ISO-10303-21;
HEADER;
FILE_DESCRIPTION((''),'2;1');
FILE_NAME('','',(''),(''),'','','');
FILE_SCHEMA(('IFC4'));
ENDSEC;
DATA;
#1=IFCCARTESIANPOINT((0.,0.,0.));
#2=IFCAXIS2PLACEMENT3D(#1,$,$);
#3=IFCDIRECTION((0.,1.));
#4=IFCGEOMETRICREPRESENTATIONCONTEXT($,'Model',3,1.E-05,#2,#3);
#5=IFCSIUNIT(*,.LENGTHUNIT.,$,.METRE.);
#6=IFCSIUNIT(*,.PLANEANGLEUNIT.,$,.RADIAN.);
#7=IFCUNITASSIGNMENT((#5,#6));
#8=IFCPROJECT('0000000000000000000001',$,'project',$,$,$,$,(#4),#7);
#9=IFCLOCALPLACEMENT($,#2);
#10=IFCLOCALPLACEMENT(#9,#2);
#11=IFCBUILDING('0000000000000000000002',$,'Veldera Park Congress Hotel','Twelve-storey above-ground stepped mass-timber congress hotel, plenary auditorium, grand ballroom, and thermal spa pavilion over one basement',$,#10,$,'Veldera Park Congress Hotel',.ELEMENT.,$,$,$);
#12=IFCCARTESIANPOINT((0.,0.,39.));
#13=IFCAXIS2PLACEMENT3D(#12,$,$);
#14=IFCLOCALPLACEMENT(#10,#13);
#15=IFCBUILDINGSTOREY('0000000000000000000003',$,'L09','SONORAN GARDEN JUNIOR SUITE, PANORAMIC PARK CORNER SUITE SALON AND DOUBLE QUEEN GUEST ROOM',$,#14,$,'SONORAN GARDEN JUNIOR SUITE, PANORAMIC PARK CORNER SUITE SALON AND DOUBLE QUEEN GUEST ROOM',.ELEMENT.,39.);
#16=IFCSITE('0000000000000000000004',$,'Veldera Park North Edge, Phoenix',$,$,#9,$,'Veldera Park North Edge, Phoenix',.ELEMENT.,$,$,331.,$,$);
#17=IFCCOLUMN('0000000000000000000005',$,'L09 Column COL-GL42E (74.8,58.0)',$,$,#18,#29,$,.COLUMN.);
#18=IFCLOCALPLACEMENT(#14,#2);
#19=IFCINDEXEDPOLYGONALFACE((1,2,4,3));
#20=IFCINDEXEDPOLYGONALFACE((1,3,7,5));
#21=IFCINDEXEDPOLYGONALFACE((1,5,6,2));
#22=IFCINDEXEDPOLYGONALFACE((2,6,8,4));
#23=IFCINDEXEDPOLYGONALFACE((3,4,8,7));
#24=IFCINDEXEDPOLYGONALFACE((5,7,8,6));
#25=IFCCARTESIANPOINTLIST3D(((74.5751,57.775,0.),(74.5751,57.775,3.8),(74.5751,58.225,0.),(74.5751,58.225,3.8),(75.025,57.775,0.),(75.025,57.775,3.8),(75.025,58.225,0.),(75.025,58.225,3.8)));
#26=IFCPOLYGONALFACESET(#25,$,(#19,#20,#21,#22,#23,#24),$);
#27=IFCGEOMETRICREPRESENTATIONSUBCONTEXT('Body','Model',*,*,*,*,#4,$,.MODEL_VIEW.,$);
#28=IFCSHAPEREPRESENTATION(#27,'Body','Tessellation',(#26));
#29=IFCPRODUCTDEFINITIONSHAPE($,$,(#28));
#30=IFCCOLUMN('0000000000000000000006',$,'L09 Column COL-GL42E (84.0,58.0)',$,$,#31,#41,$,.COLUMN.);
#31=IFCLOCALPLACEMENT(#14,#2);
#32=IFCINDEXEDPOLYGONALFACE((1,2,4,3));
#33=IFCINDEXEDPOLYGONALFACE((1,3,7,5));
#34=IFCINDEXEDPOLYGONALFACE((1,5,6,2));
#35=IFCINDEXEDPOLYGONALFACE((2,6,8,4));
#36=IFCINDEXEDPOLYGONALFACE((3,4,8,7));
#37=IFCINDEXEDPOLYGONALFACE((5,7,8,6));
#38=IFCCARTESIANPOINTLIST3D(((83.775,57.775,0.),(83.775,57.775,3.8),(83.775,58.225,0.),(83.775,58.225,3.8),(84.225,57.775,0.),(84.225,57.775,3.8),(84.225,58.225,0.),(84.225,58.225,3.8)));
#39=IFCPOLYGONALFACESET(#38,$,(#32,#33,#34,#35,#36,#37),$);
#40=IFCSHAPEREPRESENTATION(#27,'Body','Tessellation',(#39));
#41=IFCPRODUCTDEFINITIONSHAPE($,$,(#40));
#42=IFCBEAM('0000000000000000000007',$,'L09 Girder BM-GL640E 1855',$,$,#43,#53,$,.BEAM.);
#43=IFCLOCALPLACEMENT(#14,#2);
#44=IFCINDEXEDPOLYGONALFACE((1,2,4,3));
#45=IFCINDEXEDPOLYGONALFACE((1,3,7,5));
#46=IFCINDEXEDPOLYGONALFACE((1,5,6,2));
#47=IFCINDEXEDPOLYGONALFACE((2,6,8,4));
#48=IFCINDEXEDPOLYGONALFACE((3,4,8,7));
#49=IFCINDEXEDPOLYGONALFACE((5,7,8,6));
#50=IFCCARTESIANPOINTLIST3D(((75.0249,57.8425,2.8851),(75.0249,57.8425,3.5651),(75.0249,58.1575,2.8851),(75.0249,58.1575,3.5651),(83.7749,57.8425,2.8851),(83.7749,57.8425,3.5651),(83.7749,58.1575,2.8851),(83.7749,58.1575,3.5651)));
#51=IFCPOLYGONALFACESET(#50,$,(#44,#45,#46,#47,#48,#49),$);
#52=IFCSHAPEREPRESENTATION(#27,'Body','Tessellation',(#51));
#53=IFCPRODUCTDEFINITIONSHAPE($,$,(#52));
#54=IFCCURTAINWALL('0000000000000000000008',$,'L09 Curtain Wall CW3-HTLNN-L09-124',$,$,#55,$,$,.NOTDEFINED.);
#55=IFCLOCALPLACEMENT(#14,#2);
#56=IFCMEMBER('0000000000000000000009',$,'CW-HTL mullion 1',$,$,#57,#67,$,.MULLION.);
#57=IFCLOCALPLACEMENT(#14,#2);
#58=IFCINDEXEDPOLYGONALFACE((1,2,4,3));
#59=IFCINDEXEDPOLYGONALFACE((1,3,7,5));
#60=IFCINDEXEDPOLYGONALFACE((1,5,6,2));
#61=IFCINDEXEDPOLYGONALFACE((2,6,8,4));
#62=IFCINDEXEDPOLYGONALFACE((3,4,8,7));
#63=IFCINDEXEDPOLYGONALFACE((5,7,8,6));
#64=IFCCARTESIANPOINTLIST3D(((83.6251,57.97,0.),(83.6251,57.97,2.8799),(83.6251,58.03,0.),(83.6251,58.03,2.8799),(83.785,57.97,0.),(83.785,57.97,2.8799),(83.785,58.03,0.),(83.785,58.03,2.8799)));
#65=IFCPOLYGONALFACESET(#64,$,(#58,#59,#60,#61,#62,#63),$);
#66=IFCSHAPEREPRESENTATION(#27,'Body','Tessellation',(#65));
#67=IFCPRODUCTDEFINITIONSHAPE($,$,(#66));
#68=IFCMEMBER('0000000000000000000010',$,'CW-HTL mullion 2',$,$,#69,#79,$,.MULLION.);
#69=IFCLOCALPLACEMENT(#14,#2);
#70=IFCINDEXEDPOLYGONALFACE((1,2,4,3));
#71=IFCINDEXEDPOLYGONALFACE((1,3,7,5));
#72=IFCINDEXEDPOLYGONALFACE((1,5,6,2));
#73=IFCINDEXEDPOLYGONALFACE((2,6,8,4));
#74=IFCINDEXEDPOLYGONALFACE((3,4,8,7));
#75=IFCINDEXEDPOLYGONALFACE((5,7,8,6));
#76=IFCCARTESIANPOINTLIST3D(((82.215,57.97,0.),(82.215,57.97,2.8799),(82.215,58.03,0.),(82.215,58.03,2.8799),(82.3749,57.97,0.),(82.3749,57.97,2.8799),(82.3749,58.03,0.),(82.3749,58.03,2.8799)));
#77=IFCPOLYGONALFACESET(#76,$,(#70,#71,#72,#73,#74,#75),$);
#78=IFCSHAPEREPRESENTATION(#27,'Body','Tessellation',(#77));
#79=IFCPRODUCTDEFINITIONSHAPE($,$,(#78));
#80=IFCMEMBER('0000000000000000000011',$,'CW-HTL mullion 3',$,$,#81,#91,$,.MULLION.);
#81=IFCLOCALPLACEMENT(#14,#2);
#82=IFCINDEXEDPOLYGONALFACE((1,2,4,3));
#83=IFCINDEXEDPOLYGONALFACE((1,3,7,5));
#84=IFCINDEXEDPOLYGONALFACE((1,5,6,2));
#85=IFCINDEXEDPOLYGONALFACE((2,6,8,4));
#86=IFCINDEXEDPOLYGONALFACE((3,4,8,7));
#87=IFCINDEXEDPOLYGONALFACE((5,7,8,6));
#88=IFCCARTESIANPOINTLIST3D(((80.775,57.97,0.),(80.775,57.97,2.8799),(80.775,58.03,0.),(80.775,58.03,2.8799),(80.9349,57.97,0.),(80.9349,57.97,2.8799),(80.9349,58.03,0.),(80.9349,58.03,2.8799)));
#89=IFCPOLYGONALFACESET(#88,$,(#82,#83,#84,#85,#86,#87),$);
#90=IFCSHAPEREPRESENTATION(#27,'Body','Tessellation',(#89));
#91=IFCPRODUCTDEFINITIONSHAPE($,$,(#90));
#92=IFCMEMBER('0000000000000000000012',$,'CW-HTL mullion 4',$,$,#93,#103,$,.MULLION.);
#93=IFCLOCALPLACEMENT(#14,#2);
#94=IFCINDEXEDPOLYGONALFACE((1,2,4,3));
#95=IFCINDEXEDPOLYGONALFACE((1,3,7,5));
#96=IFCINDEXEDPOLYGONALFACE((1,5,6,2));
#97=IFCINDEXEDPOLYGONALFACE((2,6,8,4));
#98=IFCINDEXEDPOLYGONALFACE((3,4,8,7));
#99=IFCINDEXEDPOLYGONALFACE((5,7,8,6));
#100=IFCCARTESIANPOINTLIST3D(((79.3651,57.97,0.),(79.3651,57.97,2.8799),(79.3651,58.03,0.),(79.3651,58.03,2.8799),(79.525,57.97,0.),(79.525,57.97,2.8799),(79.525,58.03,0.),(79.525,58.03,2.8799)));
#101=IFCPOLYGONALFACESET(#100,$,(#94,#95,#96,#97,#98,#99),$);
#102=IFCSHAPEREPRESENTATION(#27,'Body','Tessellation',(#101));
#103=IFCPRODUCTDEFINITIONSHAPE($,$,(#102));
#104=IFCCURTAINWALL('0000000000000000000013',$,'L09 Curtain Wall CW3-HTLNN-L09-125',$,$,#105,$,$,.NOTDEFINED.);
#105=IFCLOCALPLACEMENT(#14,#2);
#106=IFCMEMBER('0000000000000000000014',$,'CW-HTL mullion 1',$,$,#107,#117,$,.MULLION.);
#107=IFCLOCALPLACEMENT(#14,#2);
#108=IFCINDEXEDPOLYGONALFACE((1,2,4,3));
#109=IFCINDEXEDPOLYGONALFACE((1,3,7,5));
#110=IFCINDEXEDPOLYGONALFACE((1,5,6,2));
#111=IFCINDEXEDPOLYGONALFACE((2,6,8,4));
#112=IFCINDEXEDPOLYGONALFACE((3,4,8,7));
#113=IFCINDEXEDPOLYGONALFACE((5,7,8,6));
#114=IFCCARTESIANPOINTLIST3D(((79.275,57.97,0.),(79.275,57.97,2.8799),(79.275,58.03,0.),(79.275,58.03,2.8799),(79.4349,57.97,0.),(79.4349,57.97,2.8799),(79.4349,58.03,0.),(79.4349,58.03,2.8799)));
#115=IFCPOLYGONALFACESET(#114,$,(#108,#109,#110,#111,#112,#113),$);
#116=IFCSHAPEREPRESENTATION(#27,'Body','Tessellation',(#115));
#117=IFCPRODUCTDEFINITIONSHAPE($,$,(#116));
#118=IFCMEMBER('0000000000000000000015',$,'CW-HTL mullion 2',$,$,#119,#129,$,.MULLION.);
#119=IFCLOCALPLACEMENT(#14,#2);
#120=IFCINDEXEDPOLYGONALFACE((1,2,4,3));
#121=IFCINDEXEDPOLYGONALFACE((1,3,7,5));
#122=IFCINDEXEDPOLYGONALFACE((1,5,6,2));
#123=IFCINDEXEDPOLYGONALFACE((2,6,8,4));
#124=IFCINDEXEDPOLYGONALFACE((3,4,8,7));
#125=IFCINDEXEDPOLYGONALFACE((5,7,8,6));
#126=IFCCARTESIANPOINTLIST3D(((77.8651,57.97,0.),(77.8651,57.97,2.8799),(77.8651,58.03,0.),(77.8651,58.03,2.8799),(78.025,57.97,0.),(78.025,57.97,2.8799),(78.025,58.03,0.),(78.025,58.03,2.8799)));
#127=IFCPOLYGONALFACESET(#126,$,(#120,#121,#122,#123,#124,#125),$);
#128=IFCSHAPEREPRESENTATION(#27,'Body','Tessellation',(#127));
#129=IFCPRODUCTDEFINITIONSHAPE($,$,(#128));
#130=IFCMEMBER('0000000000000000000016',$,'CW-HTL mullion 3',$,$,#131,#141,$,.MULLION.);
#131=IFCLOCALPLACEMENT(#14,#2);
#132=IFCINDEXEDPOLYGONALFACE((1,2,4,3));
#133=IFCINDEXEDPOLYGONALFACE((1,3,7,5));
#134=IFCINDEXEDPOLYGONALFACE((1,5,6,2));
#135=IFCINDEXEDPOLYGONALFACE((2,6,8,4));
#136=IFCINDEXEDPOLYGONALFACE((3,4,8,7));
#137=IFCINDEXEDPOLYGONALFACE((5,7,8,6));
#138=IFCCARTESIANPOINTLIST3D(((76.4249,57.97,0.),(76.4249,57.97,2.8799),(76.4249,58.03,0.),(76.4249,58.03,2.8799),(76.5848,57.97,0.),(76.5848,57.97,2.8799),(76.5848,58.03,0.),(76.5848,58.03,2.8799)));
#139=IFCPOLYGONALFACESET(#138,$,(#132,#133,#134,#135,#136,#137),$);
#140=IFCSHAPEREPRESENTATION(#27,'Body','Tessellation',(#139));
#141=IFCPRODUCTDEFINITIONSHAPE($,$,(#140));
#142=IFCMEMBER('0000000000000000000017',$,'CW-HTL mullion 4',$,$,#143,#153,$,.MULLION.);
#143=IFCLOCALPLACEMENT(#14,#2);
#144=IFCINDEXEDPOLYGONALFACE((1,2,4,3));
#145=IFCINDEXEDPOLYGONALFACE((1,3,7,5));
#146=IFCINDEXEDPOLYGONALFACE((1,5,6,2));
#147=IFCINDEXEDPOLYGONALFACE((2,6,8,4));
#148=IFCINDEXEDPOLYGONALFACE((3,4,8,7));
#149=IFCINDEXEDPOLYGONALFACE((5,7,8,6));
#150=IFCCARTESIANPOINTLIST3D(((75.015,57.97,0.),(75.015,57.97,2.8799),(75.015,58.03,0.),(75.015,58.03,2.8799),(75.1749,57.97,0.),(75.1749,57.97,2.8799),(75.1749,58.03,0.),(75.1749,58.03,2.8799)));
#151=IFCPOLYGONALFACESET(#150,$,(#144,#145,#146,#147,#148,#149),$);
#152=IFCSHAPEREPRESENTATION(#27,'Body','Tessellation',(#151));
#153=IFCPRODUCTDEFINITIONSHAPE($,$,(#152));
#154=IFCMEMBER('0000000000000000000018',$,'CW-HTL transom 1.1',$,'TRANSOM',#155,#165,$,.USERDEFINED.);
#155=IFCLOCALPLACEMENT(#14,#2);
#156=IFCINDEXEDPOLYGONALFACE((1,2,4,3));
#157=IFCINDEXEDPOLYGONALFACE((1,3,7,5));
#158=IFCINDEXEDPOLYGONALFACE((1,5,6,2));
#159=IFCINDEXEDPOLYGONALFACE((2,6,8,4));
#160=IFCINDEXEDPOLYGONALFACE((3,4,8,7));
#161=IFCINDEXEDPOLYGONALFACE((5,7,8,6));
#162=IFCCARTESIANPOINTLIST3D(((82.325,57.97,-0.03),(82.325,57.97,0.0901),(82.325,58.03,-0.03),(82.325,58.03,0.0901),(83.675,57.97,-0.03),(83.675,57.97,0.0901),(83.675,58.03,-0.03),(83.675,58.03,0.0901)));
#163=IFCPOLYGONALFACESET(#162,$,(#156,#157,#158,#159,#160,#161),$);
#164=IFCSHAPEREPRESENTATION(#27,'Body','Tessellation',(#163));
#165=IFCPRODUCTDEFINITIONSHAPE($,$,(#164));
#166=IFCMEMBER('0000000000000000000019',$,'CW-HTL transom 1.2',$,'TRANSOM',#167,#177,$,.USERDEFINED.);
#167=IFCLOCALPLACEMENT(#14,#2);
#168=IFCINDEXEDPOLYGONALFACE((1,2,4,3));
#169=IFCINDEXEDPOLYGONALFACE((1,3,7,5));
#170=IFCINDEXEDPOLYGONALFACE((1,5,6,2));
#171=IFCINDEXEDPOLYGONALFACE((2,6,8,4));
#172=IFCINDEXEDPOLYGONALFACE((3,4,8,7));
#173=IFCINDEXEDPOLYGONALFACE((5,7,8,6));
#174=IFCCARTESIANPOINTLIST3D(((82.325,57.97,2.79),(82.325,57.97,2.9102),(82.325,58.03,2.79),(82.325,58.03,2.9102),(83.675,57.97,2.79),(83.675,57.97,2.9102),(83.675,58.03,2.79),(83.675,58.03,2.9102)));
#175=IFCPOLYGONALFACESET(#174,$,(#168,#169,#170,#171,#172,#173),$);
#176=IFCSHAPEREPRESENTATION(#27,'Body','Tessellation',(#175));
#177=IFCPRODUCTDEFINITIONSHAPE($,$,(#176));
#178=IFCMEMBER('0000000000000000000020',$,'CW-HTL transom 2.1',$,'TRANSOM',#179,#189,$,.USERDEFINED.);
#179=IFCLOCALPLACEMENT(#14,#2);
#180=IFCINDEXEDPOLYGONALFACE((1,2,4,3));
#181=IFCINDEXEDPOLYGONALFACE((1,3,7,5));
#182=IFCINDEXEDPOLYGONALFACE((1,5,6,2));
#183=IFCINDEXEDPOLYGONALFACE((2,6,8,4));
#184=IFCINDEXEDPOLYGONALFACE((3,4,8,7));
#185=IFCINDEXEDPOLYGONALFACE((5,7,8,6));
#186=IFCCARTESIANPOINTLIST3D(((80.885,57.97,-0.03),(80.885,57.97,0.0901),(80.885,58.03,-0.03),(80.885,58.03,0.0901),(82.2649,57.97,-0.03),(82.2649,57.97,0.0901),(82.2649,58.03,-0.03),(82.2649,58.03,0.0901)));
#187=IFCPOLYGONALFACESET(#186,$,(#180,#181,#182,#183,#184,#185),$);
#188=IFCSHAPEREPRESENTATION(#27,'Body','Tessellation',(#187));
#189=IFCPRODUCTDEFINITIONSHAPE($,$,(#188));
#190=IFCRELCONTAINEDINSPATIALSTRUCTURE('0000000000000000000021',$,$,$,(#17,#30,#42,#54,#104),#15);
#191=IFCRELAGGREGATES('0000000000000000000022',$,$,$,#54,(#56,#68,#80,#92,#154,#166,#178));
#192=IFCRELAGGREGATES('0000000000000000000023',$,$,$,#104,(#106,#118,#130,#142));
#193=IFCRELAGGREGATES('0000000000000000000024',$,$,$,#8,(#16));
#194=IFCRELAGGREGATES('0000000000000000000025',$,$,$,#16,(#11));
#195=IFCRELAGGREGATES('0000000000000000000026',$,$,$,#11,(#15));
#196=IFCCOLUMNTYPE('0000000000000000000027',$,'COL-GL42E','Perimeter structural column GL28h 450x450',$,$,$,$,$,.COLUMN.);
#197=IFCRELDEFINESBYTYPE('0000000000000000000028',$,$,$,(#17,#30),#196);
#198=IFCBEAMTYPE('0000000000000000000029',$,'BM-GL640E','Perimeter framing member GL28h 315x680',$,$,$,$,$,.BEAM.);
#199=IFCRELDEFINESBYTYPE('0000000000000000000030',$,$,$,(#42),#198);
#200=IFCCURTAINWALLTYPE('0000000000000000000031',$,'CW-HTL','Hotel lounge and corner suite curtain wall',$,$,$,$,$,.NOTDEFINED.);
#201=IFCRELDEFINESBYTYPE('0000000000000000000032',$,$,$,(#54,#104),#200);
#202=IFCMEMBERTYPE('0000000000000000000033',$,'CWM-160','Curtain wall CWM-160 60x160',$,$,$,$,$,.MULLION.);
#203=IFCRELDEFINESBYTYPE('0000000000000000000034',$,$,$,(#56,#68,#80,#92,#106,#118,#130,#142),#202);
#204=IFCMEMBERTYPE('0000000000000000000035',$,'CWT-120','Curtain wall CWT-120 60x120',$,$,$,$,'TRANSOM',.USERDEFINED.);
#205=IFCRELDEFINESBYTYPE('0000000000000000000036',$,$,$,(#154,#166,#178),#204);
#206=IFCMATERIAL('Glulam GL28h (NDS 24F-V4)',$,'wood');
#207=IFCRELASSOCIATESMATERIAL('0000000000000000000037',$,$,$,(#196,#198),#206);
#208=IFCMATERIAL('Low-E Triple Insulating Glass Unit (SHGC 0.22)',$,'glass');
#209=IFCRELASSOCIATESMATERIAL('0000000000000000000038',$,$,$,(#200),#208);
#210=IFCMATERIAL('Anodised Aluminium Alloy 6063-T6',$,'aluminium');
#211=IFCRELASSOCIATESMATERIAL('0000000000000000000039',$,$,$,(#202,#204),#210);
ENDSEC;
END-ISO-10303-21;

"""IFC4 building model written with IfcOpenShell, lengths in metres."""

from ifc_helpers import new_model, si_unit, direction, frame, origin, origin_2d, place, context, subcontext, project, spatial, rectangle, extrude, material, material_profile, profile_set, type_object, element, aggregate, save


model = new_model("IFC4")

# Units and contexts
model_context = context("Model", 3, precision=1e-05, world=origin(), true_north=direction((0.0, 1.0)))
body_context = subcontext(model_context, "Body", "Model", "MODEL_VIEW")
ifc_project = project(units=[si_unit("LENGTHUNIT", "METRE"), si_unit("PLANEANGLEUNIT", "RADIAN")], contexts=[model_context])

# Site, building, storey
site_placement = place(None, origin())
site = spatial("IfcSite", under=ifc_project, at=site_placement, Name="Veldera Park North Edge, Phoenix", LongName="Veldera Park North Edge, Phoenix", CompositionType="ELEMENT", RefElevation=331.0)
building_placement = place(site_placement, origin())
building = spatial("IfcBuilding", under=site, at=building_placement, Name="Veldera Park Congress Hotel", Description="Twelve-storey above-ground stepped mass-timber congress hotel, plenary auditorium, grand ballroom, and thermal spa pavilion over one basement", LongName="Veldera Park Congress Hotel", CompositionType="ELEMENT")
storey_placement = place(building_placement, frame((0.0, 0.0, 39.0)))
storey = spatial("IfcBuildingStorey", under=building, at=storey_placement, Name="L09", Description="SONORAN GARDEN JUNIOR SUITE, PANORAMIC PARK CORNER SUITE SALON AND DOUBLE QUEEN GUEST ROOM", LongName="SONORAN GARDEN JUNIOR SUITE, PANORAMIC PARK CORNER SUITE SALON AND DOUBLE QUEEN GUEST ROOM", CompositionType="ELEMENT", Elevation=39.0)

# Columns
ifc_material_1 = material(Name="Glulam GL28h (NDS 24F-V4)", Category="wood")
ifc_material_profile_1 = material_profile(ifc_material_1, rectangle(XDim=0.45, YDim=0.45, at=origin_2d()), Name="GL28h 450x450")
ifc_profile_set_1 = profile_set([ifc_material_profile_1], Name="Glulam GL28h (NDS 24F-V4)")
column_type = type_object("IfcColumnType", Name="COL-GL42E", Description="Perimeter structural column GL28h 450x450", PredefinedType="COLUMN", material=ifc_profile_set_1)
for number, where, z_axis, x_axis, name in (
    (1, (74.8, 58.0, 0.0), (0.0, 0.0, 1.0), (1.0, 0.0, 0.0), "L09 Column COL-GL42E (74.8,58.0)"),
    (2, (84.0, 58.0, 0.0), (0.0, 0.0, 1.0), (1.0, 0.0, 0.0), "L09 Column COL-GL42E (84.0,58.0)"),
):
    element("IfcColumn", number, at=place(storey_placement, frame(where, z_axis=z_axis, x_axis=x_axis)), inside=storey, type_object=column_type, Name=name, PredefinedType="COLUMN", context=body_context, shape_type="SweptSolid", body=[
        extrude(rectangle(XDim=0.45, YDim=0.45, at=origin_2d()), origin(), (0.0, 0.0, 1.0), 3.8),
    ])

# Beam
ifc_material_profile_2 = material_profile(ifc_material_1, rectangle(XDim=0.3149, YDim=0.6799, at=origin_2d()), Name="GL28h 315x680")
ifc_profile_set_2 = profile_set([ifc_material_profile_2], Name="Glulam GL28h (NDS 24F-V4)")
beam_type = type_object("IfcBeamType", Name="BM-GL640E", Description="Perimeter framing member GL28h 315x680", PredefinedType="BEAM", material=ifc_profile_set_2)
beam_placement = place(storey_placement, frame((75.0249, 58.0, 3.2251), z_axis=(1.0, 0.0, 0.0), x_axis=(0.0, 1.0, 0.0)))
element("IfcBeam", 3, at=beam_placement, inside=storey, type_object=beam_type, Name="L09 Girder BM-GL640E 1855", PredefinedType="BEAM", context=body_context, shape_type="SweptSolid", body=[
    extrude(rectangle(XDim=0.3149, YDim=0.6799, at=origin_2d()), origin(), (0.0, 0.0, 1.0), 8.75),
])

# Curtain walls, members
ifc_material_2 = material(Name="Low-E Triple Insulating Glass Unit (SHGC 0.22)", Category="glass")
curtain_wall_type = type_object("IfcCurtainWallType", Name="CW-HTL", Description="Hotel lounge and corner suite curtain wall", PredefinedType="NOTDEFINED", material=ifc_material_2)
curtain_wall_1_placement = place(storey_placement, origin())
curtain_wall_1 = element("IfcCurtainWall", 4, at=curtain_wall_1_placement, inside=storey, type_object=curtain_wall_type, Name="L09 Curtain Wall CW3-HTLNN-L09-124", PredefinedType="NOTDEFINED")
ifc_material_3 = material(Name="Anodised Aluminium Alloy 6063-T6", Category="aluminium")
ifc_material_profile_3 = material_profile(ifc_material_3, rectangle(XDim=0.0601, YDim=0.1599, at=origin_2d()), Name="ALU 60x160")
ifc_profile_set_3 = profile_set([ifc_material_profile_3], Name="Anodised Aluminium Alloy 6063-T6")
member_type_1 = type_object("IfcMemberType", Name="CWM-160", Description="Curtain wall CWM-160 60x160", PredefinedType="MULLION", material=ifc_profile_set_3)
member_1_placement = place(storey_placement, frame((83.7051, 58.0, 0.0), z_axis=(0.0, 0.0, 1.0), x_axis=(0.0, -1.0, 0.0)))
member_1 = element("IfcMember", 5, at=member_1_placement, type_object=member_type_1, Name="CW-HTL mullion 1", PredefinedType="MULLION", context=body_context, shape_type="SweptSolid", body=[
    extrude(rectangle(XDim=0.0601, YDim=0.1599, at=origin_2d()), origin(), (0.0, 0.0, 1.0), 2.8799),
])
member_2_placement = place(storey_placement, frame((82.2949, 58.0, 0.0), z_axis=(0.0, 0.0, 1.0), x_axis=(0.0, -1.0, 0.0)))
member_2 = element("IfcMember", 6, at=member_2_placement, type_object=member_type_1, Name="CW-HTL mullion 2", PredefinedType="MULLION", context=body_context, shape_type="SweptSolid", body=[
    extrude(rectangle(XDim=0.0601, YDim=0.1599, at=origin_2d()), origin(), (0.0, 0.0, 1.0), 2.8799),
])
member_3_placement = place(storey_placement, frame((80.855, 58.0, 0.0), z_axis=(0.0, 0.0, 1.0), x_axis=(0.0, -1.0, 0.0)))
member_3 = element("IfcMember", 7, at=member_3_placement, type_object=member_type_1, Name="CW-HTL mullion 3", PredefinedType="MULLION", context=body_context, shape_type="SweptSolid", body=[
    extrude(rectangle(XDim=0.0601, YDim=0.1599, at=origin_2d()), origin(), (0.0, 0.0, 1.0), 2.8799),
])
member_4_placement = place(storey_placement, frame((79.4451, 58.0, 0.0), z_axis=(0.0, 0.0, 1.0), x_axis=(0.0, -1.0, 0.0)))
member_4 = element("IfcMember", 8, at=member_4_placement, type_object=member_type_1, Name="CW-HTL mullion 4", PredefinedType="MULLION", context=body_context, shape_type="SweptSolid", body=[
    extrude(rectangle(XDim=0.0601, YDim=0.1599, at=origin_2d()), origin(), (0.0, 0.0, 1.0), 2.8799),
])
curtain_wall_2_placement = place(storey_placement, origin())
curtain_wall_2 = element("IfcCurtainWall", 9, at=curtain_wall_2_placement, inside=storey, type_object=curtain_wall_type, Name="L09 Curtain Wall CW3-HTLNN-L09-125", PredefinedType="NOTDEFINED")
member_5_placement = place(storey_placement, frame((79.355, 58.0, 0.0), z_axis=(0.0, 0.0, 1.0), x_axis=(0.0, -1.0, 0.0)))
member_5 = element("IfcMember", 10, at=member_5_placement, type_object=member_type_1, Name="CW-HTL mullion 1", PredefinedType="MULLION", context=body_context, shape_type="SweptSolid", body=[
    extrude(rectangle(XDim=0.0601, YDim=0.1599, at=origin_2d()), origin(), (0.0, 0.0, 1.0), 2.8799),
])
member_6_placement = place(storey_placement, frame((77.9451, 58.0, 0.0), z_axis=(0.0, 0.0, 1.0), x_axis=(0.0, -1.0, 0.0)))
member_6 = element("IfcMember", 11, at=member_6_placement, type_object=member_type_1, Name="CW-HTL mullion 2", PredefinedType="MULLION", context=body_context, shape_type="SweptSolid", body=[
    extrude(rectangle(XDim=0.0601, YDim=0.1599, at=origin_2d()), origin(), (0.0, 0.0, 1.0), 2.8799),
])
member_7_placement = place(storey_placement, frame((76.5049, 58.0, 0.0), z_axis=(0.0, 0.0, 1.0), x_axis=(0.0, -1.0, 0.0)))
member_7 = element("IfcMember", 12, at=member_7_placement, type_object=member_type_1, Name="CW-HTL mullion 3", PredefinedType="MULLION", context=body_context, shape_type="SweptSolid", body=[
    extrude(rectangle(XDim=0.0601, YDim=0.1599, at=origin_2d()), origin(), (0.0, 0.0, 1.0), 2.8799),
])
member_8_placement = place(storey_placement, frame((75.095, 58.0, 0.0), z_axis=(0.0, 0.0, 1.0), x_axis=(0.0, -1.0, 0.0)))
member_8 = element("IfcMember", 13, at=member_8_placement, type_object=member_type_1, Name="CW-HTL mullion 4", PredefinedType="MULLION", context=body_context, shape_type="SweptSolid", body=[
    extrude(rectangle(XDim=0.0601, YDim=0.1599, at=origin_2d()), origin(), (0.0, 0.0, 1.0), 2.8799),
])

# Members
ifc_material_profile_4 = material_profile(ifc_material_3, rectangle(XDim=0.0601, YDim=0.1201, at=origin_2d()), Name="ALU 60x120")
ifc_profile_set_4 = profile_set([ifc_material_profile_4], Name="Anodised Aluminium Alloy 6063-T6")
member_type_2 = type_object("IfcMemberType", Name="CWT-120", Description="Curtain wall CWT-120 60x120", ElementType="TRANSOM", PredefinedType="USERDEFINED", material=ifc_profile_set_4)
member_9_placement = place(storey_placement, frame((83.675, 58.0, 0.03), z_axis=(-1.0, 0.0, 0.0), x_axis=(0.0, -1.0, 0.0)))
member_9 = element("IfcMember", 14, at=member_9_placement, type_object=member_type_2, Name="CW-HTL transom 1.1", ObjectType="TRANSOM", PredefinedType="USERDEFINED", context=body_context, shape_type="SweptSolid", body=[
    extrude(rectangle(XDim=0.0601, YDim=0.1201, at=origin_2d()), origin(), (0.0, 0.0, 1.0), 1.3501),
])
member_10_placement = place(storey_placement, frame((83.675, 58.0, 2.8501), z_axis=(-1.0, 0.0, 0.0), x_axis=(0.0, -1.0, 0.0)))
member_10 = element("IfcMember", 15, at=member_10_placement, type_object=member_type_2, Name="CW-HTL transom 1.2", ObjectType="TRANSOM", PredefinedType="USERDEFINED", context=body_context, shape_type="SweptSolid", body=[
    extrude(rectangle(XDim=0.0601, YDim=0.1201, at=origin_2d()), origin(), (0.0, 0.0, 1.0), 1.3501),
])
member_11_placement = place(storey_placement, frame((82.2649, 58.0, 0.03), z_axis=(-1.0, 0.0, 0.0), x_axis=(0.0, -1.0, 0.0)))
member_11 = element("IfcMember", 16, at=member_11_placement, type_object=member_type_2, Name="CW-HTL transom 2.1", ObjectType="TRANSOM", PredefinedType="USERDEFINED", context=body_context, shape_type="SweptSolid", body=[
    extrude(rectangle(XDim=0.0601, YDim=0.1201, at=origin_2d()), origin(), (0.0, 0.0, 1.0), 1.3799),
])

aggregate(curtain_wall_1, [member_1, member_2, member_3, member_4, member_9, member_10, member_11])
aggregate(curtain_wall_2, [member_5, member_6, member_7, member_8])

save(model, "model.ifc")
